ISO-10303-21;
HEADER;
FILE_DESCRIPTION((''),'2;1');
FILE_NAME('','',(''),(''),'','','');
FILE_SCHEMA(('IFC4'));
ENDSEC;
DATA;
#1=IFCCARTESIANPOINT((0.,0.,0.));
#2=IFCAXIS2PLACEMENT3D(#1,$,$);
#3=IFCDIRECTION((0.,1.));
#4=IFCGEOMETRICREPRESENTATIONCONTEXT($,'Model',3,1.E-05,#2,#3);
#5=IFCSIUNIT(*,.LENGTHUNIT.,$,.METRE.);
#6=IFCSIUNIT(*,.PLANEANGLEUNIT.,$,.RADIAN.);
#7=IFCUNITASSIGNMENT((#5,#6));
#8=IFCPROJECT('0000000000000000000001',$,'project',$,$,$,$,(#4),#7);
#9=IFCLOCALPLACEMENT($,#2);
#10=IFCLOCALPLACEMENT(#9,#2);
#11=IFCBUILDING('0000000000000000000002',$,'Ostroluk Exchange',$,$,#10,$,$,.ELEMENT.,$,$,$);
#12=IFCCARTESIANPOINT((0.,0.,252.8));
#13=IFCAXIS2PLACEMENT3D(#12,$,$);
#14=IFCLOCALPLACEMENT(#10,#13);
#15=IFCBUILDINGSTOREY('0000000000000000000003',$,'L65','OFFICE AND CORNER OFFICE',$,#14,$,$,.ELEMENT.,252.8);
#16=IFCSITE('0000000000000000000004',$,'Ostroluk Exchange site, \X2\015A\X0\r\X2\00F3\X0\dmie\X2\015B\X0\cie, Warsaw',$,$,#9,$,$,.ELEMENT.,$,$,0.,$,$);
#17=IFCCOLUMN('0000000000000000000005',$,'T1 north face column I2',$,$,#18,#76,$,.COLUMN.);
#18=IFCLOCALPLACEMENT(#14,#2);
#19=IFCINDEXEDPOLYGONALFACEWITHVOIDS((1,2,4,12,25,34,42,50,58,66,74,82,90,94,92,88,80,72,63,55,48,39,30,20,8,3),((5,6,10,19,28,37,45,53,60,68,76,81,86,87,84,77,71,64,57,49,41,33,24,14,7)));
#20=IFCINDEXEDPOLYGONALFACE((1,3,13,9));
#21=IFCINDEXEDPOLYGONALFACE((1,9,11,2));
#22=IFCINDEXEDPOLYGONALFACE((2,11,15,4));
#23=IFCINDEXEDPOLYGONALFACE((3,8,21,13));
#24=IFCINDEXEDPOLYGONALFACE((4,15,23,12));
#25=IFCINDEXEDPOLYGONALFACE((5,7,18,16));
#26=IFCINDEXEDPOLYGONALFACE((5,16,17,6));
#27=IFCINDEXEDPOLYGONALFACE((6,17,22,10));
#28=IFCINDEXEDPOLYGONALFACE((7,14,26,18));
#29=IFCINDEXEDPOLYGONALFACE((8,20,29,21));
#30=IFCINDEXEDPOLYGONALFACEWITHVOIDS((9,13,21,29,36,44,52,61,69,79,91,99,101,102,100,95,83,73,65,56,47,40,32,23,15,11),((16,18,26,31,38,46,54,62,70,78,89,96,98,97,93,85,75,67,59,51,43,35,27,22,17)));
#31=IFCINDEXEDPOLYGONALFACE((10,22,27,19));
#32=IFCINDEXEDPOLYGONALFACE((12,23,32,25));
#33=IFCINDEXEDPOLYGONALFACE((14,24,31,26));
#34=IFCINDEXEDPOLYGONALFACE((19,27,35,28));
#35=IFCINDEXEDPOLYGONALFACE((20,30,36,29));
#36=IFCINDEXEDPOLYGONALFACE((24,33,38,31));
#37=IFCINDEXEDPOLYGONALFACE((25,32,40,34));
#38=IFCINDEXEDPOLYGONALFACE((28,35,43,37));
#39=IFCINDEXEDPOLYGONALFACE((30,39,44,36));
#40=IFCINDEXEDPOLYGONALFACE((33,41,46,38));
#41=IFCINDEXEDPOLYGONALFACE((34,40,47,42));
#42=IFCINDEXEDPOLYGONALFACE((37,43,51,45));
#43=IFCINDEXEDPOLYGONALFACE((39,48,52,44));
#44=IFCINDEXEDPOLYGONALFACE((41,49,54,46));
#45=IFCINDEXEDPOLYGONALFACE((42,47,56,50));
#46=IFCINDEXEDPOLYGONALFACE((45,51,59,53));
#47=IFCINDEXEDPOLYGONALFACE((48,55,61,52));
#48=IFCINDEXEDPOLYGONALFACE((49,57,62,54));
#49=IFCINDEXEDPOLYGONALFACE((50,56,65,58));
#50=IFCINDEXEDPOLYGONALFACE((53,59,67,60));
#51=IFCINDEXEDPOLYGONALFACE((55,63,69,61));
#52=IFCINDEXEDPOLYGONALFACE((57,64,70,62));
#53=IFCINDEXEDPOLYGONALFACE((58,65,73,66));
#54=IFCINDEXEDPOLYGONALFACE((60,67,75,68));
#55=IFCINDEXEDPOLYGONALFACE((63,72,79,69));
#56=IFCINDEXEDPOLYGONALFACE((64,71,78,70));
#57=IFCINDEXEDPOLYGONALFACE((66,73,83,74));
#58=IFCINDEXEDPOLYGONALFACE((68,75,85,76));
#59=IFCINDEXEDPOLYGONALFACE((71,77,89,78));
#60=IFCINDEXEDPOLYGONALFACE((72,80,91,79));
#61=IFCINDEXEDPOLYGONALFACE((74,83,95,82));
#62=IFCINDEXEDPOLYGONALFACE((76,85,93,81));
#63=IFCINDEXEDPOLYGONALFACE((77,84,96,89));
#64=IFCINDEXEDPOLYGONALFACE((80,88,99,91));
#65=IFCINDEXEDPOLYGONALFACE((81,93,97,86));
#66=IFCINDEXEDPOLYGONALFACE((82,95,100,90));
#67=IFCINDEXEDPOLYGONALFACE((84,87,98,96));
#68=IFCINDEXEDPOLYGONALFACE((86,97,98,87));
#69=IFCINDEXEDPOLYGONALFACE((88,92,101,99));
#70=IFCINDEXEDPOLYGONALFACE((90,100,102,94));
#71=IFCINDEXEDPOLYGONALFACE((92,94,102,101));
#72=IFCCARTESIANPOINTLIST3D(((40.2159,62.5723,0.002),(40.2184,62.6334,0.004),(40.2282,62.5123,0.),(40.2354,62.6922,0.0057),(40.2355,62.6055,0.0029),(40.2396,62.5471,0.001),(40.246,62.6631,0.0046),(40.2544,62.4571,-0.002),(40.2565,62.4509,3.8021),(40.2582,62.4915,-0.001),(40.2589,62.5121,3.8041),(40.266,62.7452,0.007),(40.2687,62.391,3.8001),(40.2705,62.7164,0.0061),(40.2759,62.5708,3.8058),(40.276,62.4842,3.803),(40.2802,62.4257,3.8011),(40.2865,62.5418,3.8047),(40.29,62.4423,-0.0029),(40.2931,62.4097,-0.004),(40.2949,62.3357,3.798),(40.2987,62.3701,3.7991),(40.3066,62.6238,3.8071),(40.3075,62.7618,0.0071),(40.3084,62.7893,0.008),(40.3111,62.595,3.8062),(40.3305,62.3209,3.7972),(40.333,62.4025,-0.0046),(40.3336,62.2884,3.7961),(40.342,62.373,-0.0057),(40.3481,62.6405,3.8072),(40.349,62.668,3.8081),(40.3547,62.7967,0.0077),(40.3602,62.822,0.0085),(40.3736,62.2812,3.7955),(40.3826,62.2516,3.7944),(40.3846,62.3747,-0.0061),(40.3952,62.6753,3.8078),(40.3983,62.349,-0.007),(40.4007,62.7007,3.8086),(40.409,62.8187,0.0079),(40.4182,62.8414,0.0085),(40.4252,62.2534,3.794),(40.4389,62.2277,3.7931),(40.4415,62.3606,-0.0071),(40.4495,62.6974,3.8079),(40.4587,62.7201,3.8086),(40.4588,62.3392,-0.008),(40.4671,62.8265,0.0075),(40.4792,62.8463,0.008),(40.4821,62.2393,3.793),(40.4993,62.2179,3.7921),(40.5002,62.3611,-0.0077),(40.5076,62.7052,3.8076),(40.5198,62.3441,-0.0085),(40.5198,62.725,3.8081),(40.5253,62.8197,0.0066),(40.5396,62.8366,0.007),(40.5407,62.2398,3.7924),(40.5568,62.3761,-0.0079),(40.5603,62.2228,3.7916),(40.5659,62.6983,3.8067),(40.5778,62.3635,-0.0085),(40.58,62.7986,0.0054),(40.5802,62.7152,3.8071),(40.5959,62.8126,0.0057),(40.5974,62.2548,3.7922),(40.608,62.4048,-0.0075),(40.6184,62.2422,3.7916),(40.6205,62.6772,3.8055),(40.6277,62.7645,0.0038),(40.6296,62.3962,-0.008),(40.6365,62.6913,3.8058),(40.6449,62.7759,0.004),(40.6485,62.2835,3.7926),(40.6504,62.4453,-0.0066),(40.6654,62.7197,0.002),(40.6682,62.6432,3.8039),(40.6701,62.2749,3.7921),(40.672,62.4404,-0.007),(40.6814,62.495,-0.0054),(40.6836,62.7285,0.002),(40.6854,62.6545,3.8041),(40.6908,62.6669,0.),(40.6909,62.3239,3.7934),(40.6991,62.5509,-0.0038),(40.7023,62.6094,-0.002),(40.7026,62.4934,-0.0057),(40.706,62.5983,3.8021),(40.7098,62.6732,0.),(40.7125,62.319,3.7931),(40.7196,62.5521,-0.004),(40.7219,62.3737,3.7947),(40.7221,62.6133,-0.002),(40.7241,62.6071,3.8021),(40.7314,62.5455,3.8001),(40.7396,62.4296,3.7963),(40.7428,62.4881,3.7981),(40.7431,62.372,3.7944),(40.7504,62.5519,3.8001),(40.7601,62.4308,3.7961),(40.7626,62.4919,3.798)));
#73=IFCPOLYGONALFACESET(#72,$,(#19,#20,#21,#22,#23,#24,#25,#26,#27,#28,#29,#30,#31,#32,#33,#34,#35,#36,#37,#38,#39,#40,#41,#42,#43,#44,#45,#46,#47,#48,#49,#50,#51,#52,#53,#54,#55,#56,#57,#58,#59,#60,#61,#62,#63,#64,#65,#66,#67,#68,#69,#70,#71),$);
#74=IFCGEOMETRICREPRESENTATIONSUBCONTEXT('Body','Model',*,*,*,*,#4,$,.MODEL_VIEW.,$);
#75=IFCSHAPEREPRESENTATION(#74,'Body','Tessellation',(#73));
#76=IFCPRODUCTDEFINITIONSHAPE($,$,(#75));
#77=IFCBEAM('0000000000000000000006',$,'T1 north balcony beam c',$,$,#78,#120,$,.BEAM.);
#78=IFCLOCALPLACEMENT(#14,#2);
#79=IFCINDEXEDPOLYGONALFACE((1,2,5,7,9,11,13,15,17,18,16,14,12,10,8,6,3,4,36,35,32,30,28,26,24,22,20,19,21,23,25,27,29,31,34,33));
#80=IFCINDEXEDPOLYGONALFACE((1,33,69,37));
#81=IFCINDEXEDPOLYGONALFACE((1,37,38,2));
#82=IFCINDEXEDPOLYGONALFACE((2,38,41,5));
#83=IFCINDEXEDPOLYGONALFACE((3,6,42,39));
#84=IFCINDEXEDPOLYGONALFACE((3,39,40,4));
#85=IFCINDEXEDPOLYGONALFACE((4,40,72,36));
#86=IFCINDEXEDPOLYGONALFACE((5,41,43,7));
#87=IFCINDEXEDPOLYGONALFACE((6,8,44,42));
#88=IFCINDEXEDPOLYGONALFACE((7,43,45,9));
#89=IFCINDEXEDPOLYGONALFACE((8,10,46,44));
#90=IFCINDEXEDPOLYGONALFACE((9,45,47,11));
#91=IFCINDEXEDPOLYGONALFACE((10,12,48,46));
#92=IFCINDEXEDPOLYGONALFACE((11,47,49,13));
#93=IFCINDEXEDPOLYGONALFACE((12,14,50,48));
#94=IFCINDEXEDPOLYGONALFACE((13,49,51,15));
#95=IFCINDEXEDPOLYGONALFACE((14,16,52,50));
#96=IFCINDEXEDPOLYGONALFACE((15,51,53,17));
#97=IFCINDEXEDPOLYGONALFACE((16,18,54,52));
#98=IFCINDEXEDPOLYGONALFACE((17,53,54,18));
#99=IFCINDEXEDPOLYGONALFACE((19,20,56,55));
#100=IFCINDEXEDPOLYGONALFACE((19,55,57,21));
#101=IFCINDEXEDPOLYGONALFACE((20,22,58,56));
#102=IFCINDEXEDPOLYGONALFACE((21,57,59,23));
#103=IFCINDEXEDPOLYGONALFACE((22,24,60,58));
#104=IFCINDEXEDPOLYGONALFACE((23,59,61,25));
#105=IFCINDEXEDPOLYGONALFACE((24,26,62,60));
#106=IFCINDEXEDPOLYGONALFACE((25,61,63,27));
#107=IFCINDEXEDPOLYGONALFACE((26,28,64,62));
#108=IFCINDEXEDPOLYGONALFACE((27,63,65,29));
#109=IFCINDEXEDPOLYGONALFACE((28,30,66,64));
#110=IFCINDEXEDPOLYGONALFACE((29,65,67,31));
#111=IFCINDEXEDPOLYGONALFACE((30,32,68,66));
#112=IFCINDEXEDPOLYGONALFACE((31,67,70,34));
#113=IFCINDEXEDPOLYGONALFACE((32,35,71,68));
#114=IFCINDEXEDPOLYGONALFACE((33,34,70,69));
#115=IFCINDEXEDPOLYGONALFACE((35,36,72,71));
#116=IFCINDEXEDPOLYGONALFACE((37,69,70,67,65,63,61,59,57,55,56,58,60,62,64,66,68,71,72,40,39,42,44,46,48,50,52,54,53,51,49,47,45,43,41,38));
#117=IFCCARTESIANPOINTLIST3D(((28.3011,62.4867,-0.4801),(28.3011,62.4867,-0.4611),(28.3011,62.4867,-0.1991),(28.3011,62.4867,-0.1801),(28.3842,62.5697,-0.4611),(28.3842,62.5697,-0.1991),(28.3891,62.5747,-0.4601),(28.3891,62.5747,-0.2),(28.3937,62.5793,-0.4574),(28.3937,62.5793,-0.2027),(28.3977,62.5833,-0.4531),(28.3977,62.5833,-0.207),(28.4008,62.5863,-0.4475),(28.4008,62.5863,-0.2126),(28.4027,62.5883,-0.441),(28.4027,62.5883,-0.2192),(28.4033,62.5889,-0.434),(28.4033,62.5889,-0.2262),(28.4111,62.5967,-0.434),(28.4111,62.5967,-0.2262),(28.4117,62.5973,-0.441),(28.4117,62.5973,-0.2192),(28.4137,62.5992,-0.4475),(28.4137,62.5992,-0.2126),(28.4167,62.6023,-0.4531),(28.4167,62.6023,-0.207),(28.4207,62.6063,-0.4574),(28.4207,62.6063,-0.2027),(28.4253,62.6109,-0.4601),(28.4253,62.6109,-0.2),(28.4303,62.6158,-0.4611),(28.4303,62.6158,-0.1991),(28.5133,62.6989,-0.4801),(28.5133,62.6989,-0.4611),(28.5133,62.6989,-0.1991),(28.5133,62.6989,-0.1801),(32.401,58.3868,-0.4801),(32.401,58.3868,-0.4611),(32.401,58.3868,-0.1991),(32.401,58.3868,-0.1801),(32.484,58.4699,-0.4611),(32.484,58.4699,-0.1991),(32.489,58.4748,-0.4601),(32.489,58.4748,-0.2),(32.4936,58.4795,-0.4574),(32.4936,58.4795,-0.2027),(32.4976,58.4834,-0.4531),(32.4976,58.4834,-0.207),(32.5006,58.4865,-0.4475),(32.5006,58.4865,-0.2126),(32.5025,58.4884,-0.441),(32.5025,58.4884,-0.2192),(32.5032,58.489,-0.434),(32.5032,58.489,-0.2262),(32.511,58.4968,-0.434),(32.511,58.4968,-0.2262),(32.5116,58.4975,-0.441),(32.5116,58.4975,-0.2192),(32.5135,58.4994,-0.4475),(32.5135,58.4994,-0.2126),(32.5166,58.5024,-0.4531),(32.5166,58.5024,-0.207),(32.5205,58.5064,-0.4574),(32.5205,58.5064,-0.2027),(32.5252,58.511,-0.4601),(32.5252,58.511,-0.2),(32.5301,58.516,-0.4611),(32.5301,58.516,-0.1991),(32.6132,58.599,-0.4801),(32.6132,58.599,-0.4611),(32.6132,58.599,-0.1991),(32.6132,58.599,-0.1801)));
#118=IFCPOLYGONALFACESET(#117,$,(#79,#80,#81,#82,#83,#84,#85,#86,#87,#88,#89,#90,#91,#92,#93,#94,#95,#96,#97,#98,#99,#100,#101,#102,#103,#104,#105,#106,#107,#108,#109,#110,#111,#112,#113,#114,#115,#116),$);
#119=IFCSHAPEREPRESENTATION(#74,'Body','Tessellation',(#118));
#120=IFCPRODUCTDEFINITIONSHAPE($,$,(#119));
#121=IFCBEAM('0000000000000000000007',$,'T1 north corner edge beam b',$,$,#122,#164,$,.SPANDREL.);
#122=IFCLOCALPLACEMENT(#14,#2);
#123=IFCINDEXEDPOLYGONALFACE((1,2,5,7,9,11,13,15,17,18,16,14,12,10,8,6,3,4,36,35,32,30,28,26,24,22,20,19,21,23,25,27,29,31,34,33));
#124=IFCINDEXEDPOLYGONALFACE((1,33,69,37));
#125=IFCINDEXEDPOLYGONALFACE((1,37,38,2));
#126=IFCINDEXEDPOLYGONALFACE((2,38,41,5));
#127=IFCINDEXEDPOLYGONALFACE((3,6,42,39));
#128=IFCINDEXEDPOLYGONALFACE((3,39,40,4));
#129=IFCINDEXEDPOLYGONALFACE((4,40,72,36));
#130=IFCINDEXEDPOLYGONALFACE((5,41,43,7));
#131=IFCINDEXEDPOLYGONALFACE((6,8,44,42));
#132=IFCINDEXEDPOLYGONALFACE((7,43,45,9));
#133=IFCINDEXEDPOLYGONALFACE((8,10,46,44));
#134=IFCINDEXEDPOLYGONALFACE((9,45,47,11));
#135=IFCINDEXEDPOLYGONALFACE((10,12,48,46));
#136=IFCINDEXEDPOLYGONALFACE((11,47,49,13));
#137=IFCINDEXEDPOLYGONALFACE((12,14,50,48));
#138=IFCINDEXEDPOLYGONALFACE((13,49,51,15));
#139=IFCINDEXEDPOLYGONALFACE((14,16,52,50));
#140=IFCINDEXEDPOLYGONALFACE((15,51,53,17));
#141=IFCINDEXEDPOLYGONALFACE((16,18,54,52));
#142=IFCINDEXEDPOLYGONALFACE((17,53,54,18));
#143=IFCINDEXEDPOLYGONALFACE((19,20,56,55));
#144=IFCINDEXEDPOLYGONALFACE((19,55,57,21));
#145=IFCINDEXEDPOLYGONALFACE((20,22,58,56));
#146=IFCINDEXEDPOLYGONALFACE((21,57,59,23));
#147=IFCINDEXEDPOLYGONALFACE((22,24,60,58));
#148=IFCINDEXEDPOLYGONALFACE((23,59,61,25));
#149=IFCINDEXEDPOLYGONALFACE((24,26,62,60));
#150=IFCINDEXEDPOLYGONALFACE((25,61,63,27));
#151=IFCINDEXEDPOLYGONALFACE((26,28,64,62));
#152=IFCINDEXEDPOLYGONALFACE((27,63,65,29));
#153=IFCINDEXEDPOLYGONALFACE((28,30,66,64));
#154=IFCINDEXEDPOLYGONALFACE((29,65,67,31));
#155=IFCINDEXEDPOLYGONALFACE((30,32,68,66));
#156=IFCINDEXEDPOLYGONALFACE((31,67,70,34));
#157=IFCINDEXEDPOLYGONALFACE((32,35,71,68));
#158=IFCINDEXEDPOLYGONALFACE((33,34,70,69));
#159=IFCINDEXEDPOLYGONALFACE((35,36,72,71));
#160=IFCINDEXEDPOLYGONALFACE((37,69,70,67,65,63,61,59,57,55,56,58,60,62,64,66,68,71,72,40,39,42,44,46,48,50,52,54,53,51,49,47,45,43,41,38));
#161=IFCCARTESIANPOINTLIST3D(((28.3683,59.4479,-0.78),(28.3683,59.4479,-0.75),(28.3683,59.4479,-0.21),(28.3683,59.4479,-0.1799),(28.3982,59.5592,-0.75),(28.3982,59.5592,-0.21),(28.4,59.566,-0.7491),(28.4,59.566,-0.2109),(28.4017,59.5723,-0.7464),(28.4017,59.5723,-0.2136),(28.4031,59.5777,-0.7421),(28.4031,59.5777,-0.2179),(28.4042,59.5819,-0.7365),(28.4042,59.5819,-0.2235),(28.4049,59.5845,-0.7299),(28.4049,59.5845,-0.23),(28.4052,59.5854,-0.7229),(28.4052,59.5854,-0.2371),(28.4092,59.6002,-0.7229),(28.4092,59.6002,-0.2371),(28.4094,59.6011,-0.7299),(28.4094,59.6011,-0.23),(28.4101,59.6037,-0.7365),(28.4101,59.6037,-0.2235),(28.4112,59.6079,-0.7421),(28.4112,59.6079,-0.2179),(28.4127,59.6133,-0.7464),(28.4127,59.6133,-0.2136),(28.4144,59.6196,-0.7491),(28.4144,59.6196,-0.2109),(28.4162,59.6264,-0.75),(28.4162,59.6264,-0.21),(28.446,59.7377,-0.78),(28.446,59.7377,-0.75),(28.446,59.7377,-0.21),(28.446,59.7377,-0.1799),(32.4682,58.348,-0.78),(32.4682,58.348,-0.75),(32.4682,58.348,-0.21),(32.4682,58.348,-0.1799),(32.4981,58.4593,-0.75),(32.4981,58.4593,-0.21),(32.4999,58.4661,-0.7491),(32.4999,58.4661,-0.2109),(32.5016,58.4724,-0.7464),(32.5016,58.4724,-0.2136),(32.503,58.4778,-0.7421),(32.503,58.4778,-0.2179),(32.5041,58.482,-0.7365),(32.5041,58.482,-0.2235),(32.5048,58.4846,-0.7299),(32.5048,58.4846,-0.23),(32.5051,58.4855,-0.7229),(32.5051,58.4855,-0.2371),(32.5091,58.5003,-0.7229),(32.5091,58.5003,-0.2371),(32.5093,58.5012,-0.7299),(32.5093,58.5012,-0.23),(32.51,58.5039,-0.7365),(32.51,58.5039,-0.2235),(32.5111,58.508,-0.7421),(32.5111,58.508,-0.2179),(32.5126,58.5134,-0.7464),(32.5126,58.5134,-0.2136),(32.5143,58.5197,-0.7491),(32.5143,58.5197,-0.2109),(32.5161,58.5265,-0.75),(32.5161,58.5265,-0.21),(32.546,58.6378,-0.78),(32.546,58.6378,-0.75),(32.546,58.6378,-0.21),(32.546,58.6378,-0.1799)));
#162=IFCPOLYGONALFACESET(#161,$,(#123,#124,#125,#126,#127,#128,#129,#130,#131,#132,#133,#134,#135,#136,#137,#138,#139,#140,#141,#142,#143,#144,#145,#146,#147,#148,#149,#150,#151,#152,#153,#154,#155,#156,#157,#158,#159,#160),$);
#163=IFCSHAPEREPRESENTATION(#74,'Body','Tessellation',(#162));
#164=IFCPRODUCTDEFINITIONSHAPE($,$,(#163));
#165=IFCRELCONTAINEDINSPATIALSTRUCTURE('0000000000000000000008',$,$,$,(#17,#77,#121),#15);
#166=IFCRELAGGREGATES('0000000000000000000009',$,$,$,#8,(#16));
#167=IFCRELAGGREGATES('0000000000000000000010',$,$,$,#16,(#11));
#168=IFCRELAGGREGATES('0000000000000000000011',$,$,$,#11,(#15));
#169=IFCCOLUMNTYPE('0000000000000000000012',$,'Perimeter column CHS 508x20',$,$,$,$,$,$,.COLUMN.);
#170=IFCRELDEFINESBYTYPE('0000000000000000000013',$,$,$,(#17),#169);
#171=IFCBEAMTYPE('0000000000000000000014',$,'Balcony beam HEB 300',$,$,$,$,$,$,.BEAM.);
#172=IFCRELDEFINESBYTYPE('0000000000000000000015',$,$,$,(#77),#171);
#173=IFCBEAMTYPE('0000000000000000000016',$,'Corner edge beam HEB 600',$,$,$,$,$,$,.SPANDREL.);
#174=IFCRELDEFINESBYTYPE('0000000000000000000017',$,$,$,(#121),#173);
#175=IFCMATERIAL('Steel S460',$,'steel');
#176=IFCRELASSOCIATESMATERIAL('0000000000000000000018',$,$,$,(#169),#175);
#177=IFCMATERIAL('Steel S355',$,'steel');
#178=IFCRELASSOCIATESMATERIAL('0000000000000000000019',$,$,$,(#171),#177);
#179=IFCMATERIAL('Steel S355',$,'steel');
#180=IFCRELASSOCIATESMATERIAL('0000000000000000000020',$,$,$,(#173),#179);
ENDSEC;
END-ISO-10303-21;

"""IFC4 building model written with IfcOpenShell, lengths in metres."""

from ifc_helpers import new_model, si_unit, direction, frame, origin, origin_2d, place, context, subcontext, project, spatial, hollow_circle, i_section, extrude, material, material_profile, profile_set, type_object, element, save


model = new_model("IFC4")

# Units and contexts
model_context = context("Model", 3, precision=1e-05, world=origin(), true_north=direction((0.0, 1.0)))
body_context = subcontext(model_context, "Body", "Model", "MODEL_VIEW")
ifc_project = project(units=[si_unit("LENGTHUNIT", "METRE"), si_unit("PLANEANGLEUNIT", "RADIAN")], contexts=[model_context])

# Site, building, storey
site_placement = place(None, origin())
site = spatial("IfcSite", under=ifc_project, at=site_placement, Name="Ostroluk Exchange site, Śródmieście, Warsaw", CompositionType="ELEMENT", RefElevation=0.0)
building_placement = place(site_placement, origin())
building = spatial("IfcBuilding", under=site, at=building_placement, Name="Ostroluk Exchange", CompositionType="ELEMENT")
storey_placement = place(building_placement, frame((0.0, 0.0, 252.8)))
storey = spatial("IfcBuildingStorey", under=building, at=storey_placement, Name="L65", Description="OFFICE AND CORNER OFFICE", CompositionType="ELEMENT", Elevation=252.8)

# Column
ifc_material_1 = material(Name="Steel S460", Category="steel")
ifc_material_profile_1 = material_profile(ifc_material_1, hollow_circle(Radius=0.2539, WallThickness=0.02, at=origin_2d()), Name="CHS 508x20")
ifc_profile_set_1 = profile_set([ifc_material_profile_1], Name="Steel S460")
column_type = type_object("IfcColumnType", Name="Perimeter column CHS 508x20", PredefinedType="COLUMN", material=ifc_profile_set_1)
column_placement = place(storey_placement, frame((40.469, 62.5928, 0.0), z_axis=(0.010659, -0.031913, 0.999434), x_axis=(0.948492, 0.3168, 0.0)))
element("IfcColumn", 1, at=column_placement, inside=storey, type_object=column_type, Name="T1 north face column I2", PredefinedType="COLUMN", context=body_context, shape_type="SweptSolid", body=[
    extrude(hollow_circle(Radius=0.2539, WallThickness=0.02, at=origin_2d()), origin(), (0.0, 0.0, 1.0), 3.8022),
])

# Beams
ifc_material_2 = material(Name="Steel S355", Category="steel")
ifc_material_profile_2 = material_profile(ifc_material_2, i_section(OverallWidth=0.3, OverallDepth=0.3, WebThickness=0.011, FlangeThickness=0.019, FilletRadius=0.0271, at=origin_2d()), Name="HEB 300")
ifc_profile_set_2 = profile_set([ifc_material_profile_2], Name="Steel S355")
beam_type_1 = type_object("IfcBeamType", Name="Balcony beam HEB 300", PredefinedType="BEAM", material=ifc_profile_set_2)
beam_1_placement = place(storey_placement, frame((32.5071, 58.4929, -0.3301), z_axis=(-0.707107, 0.707107, 0.0), x_axis=(-0.707107, -0.707107, 0.0)))
element("IfcBeam", 2, at=beam_1_placement, inside=storey, type_object=beam_type_1, Name="T1 north balcony beam c", PredefinedType="BEAM", context=body_context, shape_type="SweptSolid", body=[
    extrude(i_section(OverallWidth=0.3, OverallDepth=0.3, WebThickness=0.011, FlangeThickness=0.019, FilletRadius=0.0271, at=origin_2d()), origin(), (0.0, 0.0, 1.0), 5.7981),
])
ifc_material_3 = material(Name="Steel S355", Category="steel")
ifc_material_profile_3 = material_profile(ifc_material_3, i_section(OverallWidth=0.3, OverallDepth=0.6001, WebThickness=0.0154, FlangeThickness=0.03, FilletRadius=0.0271, at=origin_2d()), Name="HEB 600")
ifc_profile_set_3 = profile_set([ifc_material_profile_3], Name="Steel S355")
beam_type_2 = type_object("IfcBeamType", Name="Corner edge beam HEB 600", PredefinedType="SPANDREL", material=ifc_profile_set_3)
beam_2_placement = place(storey_placement, frame((32.5071, 58.4929, -0.48), z_axis=(-0.965849, 0.259105, 0.0), x_axis=(-0.259105, -0.965849, 0.0)))
element("IfcBeam", 3, at=beam_2_placement, inside=storey, type_object=beam_type_2, Name="T1 north corner edge beam b", PredefinedType="SPANDREL", context=body_context, shape_type="SweptSolid", body=[
    extrude(i_section(OverallWidth=0.3, OverallDepth=0.6001, WebThickness=0.0154, FlangeThickness=0.03, FilletRadius=0.0271, at=origin_2d()), origin(), (0.0, 0.0, 1.0), 4.2449),
])

save(model, "model.ifc")
